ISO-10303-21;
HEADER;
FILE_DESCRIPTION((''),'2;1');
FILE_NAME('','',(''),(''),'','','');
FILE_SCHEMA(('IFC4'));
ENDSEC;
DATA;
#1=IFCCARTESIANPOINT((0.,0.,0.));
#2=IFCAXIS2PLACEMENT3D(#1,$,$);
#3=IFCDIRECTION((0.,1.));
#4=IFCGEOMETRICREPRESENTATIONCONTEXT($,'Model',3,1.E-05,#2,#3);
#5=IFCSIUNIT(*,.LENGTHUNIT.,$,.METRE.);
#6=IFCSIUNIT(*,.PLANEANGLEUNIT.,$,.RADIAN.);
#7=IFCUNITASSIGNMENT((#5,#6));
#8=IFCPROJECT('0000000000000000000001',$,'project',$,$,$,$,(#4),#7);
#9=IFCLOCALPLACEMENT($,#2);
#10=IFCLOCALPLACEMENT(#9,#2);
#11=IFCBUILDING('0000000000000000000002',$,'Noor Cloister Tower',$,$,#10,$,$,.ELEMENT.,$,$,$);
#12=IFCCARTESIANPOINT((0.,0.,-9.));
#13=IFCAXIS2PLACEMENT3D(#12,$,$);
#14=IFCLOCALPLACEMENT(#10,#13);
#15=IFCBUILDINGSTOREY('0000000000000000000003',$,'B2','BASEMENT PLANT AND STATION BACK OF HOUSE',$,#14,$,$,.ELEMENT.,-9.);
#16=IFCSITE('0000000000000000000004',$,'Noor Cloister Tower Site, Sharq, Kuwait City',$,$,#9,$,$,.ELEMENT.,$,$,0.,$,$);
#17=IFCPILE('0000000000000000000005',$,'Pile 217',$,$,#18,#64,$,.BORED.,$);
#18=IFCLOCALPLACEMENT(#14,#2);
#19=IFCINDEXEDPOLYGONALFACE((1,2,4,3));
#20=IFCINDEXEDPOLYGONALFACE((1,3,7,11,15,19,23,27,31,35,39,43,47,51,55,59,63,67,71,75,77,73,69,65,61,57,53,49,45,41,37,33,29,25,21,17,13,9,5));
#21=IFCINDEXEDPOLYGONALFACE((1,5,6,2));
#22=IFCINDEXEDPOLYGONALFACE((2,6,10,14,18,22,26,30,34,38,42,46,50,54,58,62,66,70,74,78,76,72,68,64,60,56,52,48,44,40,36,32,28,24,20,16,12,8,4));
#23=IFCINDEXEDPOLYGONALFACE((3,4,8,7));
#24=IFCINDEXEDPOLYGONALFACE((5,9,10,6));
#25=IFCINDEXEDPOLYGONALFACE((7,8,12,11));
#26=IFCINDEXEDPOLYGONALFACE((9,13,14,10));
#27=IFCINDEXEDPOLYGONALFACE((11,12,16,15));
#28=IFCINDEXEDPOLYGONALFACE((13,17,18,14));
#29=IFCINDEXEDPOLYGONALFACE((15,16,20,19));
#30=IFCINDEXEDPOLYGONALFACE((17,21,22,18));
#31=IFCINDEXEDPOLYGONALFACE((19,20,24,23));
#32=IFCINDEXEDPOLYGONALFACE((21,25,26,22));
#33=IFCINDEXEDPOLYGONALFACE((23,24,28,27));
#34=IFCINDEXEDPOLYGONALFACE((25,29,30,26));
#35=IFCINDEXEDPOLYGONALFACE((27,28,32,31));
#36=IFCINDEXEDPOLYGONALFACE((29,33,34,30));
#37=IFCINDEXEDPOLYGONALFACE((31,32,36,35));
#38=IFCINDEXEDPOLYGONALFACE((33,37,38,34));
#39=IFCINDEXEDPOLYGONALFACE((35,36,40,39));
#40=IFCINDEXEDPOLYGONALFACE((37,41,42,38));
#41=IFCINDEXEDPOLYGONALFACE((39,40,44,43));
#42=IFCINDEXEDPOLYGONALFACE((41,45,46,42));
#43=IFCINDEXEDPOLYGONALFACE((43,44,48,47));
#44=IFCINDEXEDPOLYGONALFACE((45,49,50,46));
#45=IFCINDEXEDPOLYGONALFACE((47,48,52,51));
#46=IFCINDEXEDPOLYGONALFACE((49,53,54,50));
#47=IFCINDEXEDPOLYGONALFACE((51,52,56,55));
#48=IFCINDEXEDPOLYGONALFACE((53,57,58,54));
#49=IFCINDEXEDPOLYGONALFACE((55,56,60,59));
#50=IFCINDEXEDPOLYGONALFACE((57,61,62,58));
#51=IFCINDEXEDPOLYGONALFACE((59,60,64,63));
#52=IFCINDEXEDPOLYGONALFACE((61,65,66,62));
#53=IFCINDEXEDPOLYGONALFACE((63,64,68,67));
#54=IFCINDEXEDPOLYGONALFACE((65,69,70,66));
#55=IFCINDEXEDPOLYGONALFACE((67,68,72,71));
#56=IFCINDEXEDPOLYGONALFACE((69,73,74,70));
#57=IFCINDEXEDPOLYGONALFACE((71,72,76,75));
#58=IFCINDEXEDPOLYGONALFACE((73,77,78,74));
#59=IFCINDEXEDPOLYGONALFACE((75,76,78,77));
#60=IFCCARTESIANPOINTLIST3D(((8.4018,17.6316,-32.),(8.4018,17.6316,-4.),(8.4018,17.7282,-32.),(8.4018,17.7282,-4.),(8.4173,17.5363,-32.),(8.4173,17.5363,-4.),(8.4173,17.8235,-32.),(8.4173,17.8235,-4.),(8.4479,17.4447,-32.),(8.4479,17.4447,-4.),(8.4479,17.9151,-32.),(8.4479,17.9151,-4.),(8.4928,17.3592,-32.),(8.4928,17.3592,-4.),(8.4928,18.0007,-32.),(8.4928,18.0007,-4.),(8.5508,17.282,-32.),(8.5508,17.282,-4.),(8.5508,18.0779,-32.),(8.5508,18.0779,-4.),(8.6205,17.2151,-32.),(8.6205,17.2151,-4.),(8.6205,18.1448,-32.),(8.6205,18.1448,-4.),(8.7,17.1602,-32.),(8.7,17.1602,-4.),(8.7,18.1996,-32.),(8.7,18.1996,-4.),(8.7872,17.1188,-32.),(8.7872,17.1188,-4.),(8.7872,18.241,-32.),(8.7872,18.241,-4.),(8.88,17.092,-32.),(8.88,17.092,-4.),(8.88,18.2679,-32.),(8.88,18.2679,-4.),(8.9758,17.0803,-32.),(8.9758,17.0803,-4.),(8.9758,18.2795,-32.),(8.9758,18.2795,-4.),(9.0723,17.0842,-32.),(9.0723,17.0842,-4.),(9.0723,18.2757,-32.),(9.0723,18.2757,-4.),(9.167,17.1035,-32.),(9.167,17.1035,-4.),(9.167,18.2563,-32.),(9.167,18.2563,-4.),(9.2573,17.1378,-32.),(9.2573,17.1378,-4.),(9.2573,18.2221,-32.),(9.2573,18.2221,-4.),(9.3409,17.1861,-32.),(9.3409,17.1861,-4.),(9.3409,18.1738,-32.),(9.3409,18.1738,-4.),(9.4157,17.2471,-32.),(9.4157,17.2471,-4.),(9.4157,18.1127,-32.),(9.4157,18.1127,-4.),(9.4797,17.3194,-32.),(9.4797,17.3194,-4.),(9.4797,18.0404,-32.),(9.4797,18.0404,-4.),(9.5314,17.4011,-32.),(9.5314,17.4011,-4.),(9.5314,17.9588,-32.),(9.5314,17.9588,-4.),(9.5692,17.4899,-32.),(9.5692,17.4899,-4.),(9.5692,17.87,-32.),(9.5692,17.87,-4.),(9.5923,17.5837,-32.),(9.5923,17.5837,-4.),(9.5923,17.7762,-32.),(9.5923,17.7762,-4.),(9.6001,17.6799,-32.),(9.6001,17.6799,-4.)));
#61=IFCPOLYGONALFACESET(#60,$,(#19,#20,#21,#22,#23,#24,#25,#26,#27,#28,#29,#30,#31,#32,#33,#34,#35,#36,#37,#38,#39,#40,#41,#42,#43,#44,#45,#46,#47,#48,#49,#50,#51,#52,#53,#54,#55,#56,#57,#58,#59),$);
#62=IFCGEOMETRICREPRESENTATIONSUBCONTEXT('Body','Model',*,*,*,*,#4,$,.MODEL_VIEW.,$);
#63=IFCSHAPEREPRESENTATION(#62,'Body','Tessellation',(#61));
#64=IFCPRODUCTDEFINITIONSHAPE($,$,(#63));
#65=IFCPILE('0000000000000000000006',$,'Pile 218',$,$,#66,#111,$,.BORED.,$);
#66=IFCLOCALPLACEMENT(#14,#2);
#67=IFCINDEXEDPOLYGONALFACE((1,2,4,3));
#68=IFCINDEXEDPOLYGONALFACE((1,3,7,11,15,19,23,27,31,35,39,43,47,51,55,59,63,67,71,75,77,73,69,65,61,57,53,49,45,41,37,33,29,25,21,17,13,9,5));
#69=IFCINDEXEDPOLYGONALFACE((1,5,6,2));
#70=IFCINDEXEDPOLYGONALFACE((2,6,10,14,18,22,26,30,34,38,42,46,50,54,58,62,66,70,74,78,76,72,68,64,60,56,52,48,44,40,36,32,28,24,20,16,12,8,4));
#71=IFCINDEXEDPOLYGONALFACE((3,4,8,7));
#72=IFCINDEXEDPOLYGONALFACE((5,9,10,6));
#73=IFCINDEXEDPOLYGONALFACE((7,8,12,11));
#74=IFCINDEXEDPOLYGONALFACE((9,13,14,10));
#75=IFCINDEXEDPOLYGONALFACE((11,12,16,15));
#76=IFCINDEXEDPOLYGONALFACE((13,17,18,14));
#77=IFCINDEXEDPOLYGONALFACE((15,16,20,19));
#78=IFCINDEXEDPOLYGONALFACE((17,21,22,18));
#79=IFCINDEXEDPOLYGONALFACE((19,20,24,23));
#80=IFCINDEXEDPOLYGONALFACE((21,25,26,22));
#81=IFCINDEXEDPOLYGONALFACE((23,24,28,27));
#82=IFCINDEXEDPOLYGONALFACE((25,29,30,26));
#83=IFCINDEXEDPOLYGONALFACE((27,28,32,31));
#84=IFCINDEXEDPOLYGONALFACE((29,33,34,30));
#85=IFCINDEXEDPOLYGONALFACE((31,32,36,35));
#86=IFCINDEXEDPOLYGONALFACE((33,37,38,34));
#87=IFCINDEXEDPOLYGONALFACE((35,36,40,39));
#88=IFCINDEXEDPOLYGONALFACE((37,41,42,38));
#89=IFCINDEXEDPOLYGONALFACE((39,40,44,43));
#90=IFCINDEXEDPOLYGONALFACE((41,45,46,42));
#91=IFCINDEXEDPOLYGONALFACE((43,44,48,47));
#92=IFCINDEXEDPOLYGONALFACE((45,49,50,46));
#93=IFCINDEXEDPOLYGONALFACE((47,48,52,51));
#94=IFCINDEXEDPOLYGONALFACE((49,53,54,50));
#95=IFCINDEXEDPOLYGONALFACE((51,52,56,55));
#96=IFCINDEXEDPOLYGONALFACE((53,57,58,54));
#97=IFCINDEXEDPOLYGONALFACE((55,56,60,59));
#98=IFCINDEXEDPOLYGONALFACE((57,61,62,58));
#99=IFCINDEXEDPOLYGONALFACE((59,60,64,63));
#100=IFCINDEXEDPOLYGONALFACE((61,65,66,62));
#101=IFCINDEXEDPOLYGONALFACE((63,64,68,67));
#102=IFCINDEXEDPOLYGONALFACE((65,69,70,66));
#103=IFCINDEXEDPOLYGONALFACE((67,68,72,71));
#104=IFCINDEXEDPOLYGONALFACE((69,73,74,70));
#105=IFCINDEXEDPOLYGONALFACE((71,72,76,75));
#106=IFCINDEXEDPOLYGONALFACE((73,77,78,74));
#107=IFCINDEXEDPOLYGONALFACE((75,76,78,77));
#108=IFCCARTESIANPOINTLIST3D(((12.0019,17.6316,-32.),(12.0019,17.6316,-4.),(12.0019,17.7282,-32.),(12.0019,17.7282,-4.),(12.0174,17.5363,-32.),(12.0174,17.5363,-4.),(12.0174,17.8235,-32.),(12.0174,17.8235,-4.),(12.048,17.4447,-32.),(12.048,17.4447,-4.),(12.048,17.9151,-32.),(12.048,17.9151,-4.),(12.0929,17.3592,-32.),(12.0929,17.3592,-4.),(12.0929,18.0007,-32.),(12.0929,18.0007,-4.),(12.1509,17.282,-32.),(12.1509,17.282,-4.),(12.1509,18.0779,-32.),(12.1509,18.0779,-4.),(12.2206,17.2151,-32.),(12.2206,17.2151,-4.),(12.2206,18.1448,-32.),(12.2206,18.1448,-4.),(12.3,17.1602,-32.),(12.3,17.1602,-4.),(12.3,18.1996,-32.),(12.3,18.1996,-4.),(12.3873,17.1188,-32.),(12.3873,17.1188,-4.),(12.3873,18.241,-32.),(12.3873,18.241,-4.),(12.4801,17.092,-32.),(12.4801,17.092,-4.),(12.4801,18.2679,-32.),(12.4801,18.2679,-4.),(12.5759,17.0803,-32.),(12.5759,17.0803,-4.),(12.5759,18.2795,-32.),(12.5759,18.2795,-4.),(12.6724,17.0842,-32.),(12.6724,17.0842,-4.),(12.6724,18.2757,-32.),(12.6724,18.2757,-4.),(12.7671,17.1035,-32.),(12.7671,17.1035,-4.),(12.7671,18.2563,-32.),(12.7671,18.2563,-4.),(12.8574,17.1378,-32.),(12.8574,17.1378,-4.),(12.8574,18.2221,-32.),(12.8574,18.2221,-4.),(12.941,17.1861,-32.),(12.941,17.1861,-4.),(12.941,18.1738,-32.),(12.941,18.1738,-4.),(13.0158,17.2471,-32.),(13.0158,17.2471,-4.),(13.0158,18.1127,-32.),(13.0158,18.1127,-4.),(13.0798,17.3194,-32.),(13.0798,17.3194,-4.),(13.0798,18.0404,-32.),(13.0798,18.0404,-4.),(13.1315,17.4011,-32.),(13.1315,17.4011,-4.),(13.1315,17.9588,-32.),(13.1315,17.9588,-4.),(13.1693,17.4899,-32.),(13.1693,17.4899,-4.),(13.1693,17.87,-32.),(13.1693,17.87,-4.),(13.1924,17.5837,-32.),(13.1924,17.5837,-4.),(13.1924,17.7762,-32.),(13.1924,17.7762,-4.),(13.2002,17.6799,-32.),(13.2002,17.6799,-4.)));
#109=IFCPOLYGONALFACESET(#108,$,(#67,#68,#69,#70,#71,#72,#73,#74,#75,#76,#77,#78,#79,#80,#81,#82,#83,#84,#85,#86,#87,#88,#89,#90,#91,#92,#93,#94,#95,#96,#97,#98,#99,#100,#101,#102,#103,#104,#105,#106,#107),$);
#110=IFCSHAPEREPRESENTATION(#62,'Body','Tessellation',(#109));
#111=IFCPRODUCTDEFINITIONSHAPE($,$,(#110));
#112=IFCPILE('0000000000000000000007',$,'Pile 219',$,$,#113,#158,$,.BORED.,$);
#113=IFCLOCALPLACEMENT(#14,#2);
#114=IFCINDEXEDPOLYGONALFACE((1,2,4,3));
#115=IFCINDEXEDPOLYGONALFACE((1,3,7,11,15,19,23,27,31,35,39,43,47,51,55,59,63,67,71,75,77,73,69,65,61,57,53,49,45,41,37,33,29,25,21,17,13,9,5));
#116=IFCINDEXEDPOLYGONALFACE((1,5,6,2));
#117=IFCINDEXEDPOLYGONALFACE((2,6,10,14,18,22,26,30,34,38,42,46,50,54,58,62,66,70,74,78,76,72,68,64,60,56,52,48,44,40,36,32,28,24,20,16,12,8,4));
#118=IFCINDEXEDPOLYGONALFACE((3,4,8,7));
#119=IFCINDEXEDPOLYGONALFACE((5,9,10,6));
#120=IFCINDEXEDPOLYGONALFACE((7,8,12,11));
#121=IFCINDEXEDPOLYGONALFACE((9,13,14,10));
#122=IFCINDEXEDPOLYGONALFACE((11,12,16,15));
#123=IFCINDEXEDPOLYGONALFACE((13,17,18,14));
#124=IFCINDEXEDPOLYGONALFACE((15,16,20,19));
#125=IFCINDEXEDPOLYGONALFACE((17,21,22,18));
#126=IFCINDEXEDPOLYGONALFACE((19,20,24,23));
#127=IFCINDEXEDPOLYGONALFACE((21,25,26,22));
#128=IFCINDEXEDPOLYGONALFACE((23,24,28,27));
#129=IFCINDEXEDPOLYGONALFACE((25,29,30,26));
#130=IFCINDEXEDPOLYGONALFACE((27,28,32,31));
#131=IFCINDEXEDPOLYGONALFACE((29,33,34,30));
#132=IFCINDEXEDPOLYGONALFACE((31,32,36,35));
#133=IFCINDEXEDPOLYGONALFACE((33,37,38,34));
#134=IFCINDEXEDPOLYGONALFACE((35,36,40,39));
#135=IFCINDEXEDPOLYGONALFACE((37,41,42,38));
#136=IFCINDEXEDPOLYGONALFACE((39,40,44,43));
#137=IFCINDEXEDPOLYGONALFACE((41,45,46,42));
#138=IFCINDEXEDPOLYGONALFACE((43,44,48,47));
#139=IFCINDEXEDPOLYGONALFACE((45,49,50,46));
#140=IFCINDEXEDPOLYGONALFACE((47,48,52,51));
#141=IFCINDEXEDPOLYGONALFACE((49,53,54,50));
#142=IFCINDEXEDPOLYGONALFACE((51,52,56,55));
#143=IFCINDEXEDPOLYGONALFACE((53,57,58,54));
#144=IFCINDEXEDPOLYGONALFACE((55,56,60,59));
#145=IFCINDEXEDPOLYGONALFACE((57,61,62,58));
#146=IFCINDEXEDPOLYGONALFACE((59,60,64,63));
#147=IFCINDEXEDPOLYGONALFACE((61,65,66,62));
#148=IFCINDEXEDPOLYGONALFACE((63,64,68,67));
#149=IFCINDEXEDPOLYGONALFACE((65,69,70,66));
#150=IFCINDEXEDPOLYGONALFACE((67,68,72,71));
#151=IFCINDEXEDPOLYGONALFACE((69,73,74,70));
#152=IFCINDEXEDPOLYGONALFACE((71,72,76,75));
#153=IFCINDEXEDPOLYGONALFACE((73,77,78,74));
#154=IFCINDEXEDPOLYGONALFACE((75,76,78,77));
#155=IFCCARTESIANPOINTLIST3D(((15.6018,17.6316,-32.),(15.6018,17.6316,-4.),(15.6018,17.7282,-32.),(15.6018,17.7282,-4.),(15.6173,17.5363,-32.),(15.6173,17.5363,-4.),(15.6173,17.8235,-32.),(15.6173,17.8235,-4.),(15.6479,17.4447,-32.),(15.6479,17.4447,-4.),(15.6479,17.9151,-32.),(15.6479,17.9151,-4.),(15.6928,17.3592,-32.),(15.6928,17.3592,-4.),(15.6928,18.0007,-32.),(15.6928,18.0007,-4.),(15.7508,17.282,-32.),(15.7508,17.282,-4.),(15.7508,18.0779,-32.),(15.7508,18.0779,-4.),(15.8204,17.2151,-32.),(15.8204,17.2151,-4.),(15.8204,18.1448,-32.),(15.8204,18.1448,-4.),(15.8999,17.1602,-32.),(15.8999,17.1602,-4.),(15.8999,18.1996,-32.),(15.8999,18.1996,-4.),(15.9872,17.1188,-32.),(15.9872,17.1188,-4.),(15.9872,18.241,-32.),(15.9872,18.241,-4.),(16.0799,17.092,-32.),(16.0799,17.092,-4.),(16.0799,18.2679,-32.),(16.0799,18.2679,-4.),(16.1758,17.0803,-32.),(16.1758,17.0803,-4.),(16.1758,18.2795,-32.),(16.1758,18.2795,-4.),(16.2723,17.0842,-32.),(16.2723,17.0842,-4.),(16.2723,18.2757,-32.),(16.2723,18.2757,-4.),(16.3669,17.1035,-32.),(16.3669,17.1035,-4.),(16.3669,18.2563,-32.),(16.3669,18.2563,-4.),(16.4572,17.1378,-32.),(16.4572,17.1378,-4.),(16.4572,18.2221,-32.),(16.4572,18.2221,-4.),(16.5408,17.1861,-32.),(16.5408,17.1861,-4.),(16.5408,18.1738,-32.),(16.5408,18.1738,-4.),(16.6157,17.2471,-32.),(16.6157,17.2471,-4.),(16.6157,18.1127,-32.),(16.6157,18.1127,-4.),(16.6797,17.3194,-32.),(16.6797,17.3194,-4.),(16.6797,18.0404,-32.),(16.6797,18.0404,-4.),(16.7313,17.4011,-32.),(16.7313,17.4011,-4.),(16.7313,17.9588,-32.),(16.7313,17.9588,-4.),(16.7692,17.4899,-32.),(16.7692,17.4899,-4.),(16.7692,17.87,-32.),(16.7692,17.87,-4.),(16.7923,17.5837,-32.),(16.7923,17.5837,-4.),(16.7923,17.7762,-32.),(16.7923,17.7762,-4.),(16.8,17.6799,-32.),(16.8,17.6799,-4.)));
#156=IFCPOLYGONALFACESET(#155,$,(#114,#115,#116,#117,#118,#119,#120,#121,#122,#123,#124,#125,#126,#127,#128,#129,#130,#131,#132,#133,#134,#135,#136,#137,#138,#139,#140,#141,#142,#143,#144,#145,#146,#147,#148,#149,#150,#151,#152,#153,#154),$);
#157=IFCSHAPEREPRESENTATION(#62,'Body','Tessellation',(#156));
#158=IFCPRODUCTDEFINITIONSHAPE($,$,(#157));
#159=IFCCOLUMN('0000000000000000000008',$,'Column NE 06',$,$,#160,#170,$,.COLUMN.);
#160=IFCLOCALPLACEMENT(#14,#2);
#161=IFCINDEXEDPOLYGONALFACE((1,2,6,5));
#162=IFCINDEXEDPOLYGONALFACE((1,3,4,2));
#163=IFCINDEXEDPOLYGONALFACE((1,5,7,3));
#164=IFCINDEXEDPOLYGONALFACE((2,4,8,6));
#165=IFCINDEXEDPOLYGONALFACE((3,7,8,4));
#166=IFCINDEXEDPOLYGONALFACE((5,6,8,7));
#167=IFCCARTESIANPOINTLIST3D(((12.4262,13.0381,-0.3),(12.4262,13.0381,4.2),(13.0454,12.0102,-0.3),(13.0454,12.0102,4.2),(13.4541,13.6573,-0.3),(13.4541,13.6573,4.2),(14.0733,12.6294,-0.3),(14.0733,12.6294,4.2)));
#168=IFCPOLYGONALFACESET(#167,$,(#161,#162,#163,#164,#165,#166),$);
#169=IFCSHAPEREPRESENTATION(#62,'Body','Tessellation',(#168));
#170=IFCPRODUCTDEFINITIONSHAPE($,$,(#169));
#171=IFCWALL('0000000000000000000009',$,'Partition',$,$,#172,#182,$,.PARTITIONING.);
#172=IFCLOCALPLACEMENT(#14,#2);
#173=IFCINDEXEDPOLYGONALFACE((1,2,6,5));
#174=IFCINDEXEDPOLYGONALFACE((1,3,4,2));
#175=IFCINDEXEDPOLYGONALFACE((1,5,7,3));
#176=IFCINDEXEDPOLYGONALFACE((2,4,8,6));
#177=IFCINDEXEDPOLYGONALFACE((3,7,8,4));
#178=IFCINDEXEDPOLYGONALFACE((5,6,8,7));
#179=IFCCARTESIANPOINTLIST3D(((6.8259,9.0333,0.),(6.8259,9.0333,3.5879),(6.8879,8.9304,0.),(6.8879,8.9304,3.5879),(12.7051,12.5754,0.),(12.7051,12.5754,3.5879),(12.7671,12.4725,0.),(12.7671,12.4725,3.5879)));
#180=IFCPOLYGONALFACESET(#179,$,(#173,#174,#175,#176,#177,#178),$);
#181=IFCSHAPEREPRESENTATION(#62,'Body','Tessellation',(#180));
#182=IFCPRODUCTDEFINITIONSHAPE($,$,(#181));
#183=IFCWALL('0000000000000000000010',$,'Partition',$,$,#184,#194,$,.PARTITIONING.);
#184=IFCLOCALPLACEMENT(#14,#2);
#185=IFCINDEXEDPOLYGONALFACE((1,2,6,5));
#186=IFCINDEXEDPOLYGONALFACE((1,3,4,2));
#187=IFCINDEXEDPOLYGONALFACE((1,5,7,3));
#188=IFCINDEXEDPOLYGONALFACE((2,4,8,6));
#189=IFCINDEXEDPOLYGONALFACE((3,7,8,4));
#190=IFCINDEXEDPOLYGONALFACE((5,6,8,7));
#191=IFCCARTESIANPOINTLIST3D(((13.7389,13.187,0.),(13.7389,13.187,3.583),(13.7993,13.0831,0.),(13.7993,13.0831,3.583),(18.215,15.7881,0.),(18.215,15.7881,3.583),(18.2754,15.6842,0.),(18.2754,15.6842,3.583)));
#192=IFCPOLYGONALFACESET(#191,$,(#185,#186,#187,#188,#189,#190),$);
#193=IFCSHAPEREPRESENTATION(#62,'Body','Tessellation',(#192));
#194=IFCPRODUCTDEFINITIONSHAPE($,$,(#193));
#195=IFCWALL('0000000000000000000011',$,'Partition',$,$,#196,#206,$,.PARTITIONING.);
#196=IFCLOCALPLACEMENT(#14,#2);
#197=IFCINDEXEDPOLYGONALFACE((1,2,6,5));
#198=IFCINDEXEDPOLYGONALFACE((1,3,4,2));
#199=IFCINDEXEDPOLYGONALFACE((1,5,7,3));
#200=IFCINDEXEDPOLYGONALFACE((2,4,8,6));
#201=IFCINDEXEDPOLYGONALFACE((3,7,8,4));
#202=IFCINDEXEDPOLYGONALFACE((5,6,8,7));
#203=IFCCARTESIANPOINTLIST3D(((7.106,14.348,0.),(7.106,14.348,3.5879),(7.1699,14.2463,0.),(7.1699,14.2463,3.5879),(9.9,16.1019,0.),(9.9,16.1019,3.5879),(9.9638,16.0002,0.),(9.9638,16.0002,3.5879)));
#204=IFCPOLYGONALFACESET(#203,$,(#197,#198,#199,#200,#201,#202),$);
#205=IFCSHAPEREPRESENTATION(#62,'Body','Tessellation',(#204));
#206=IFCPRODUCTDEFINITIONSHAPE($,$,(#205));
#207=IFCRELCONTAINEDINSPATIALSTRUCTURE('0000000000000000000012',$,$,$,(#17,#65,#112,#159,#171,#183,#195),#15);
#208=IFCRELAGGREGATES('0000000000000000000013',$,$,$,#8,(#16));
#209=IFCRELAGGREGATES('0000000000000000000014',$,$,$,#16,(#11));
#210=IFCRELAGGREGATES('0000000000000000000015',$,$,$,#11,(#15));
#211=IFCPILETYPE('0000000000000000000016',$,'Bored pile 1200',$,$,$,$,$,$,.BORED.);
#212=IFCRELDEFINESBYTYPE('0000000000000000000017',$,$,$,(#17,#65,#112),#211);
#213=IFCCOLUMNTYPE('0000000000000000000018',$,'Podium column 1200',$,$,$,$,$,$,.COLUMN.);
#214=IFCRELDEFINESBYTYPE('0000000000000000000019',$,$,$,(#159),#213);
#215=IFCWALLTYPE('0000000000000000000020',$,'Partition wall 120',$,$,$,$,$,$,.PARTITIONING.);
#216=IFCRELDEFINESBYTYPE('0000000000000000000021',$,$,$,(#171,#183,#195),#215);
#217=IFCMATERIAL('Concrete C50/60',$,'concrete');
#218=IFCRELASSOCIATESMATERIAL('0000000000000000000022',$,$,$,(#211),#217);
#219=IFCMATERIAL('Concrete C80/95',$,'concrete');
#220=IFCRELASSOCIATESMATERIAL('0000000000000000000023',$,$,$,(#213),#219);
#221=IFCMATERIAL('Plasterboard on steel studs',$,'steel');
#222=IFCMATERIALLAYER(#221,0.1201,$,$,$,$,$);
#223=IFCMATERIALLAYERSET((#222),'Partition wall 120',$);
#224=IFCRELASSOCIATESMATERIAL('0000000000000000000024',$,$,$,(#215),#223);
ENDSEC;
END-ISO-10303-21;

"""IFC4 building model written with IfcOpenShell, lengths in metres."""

from ifc_helpers import new_model, si_unit, direction, frame, frame_2d, origin, origin_2d, place, context, subcontext, project, spatial, rectangle, circle, extrude, material, layer, layer_set, material_profile, profile_set, type_object, element, save


model = new_model("IFC4")

# Units and contexts
model_context = context("Model", 3, precision=1e-05, world=origin(), true_north=direction((0.0, 1.0)))
body_context = subcontext(model_context, "Body", "Model", "MODEL_VIEW")
ifc_project = project(units=[si_unit("LENGTHUNIT", "METRE"), si_unit("PLANEANGLEUNIT", "RADIAN")], contexts=[model_context])

# Site, building, storey
site_placement = place(None, origin())
site = spatial("IfcSite", under=ifc_project, at=site_placement, Name="Noor Cloister Tower Site, Sharq, Kuwait City", CompositionType="ELEMENT", RefElevation=0.0)
building_placement = place(site_placement, origin())
building = spatial("IfcBuilding", under=site, at=building_placement, Name="Noor Cloister Tower", CompositionType="ELEMENT")
storey_placement = place(building_placement, frame((0.0, 0.0, -9.0)))
storey = spatial("IfcBuildingStorey", under=building, at=storey_placement, Name="B2", Description="BASEMENT PLANT AND STATION BACK OF HOUSE", CompositionType="ELEMENT", Elevation=-9.0)

# Piles
ifc_material_1 = material(Name="Concrete C50/60", Category="concrete")
ifc_material_profile_1 = material_profile(ifc_material_1, circle(Radius=0.6001, at=origin_2d()), Name="Bored pile 1200")
ifc_profile_set_1 = profile_set([ifc_material_profile_1], Name="Concrete C50/60")
pile_type = type_object("IfcPileType", Name="Bored pile 1200", PredefinedType="BORED", material=ifc_profile_set_1)
for number, where, z_axis, x_axis, name in (
    (1, (9.0, 17.6799, -4.0), (0.0, 0.0, -1.0), (1.0, 0.0, 0.0), "Pile 217"),
    (2, (12.6001, 17.6799, -4.0), (0.0, 0.0, -1.0), (1.0, 0.0, 0.0), "Pile 218"),
    (3, (16.2, 17.6799, -4.0), (0.0, 0.0, -1.0), (1.0, 0.0, 0.0), "Pile 219"),
):
    element("IfcPile", number, at=place(storey_placement, frame(where, z_axis=z_axis, x_axis=x_axis)), inside=storey, type_object=pile_type, Name=name, PredefinedType="BORED", context=body_context, shape_type="SweptSolid", body=[
        extrude(circle(Radius=0.6001, at=origin_2d()), origin(), (0.0, 0.0, 1.0), 28.0),
    ])

# Column
ifc_material_2 = material(Name="Concrete C80/95", Category="concrete")
ifc_material_profile_2 = material_profile(ifc_material_2, rectangle(XDim=1.2, YDim=1.2, at=origin_2d()), Name="Podium column 1200")
ifc_profile_set_2 = profile_set([ifc_material_profile_2], Name="Concrete C80/95")
column_type = type_object("IfcColumnType", Name="Podium column 1200", PredefinedType="COLUMN", material=ifc_profile_set_2)
column_placement = place(storey_placement, frame((13.2498, 12.8337, -0.3), z_axis=(0.0, 0.0, 1.0), x_axis=(0.8566, 0.515981, 0.0)))
element("IfcColumn", 4, at=column_placement, inside=storey, type_object=column_type, Name="Column NE 06", PredefinedType="COLUMN", context=body_context, shape_type="SweptSolid", body=[
    extrude(rectangle(XDim=1.2, YDim=1.2, at=origin_2d()), origin(), (0.0, 0.0, 1.0), 4.5),
])

# Walls
ifc_material_3 = material(Name="Plasterboard on steel studs", Category="steel")
ifc_layer = layer(ifc_material_3, 0.1201)
ifc_layer_set = layer_set([ifc_layer], Name="Partition wall 120")
wall_type = type_object("IfcWallType", Name="Partition wall 120", PredefinedType="PARTITIONING", material=ifc_layer_set)
wall_1_placement = place(storey_placement, frame((12.7361, 12.5239, 0.0), z_axis=(0.0, 0.0, 1.0), x_axis=(-0.856559, -0.516048, 0.0)))
element("IfcWall", 5, at=wall_1_placement, inside=storey, type_object=wall_type, Name="Partition", PredefinedType="PARTITIONING", context=body_context, shape_type="SweptSolid", body=[
    extrude(rectangle(XDim=6.8638, YDim=0.1201, at=frame_2d((3.4319, 0.0))), origin(), (0.0, 0.0, 1.0), 3.5879),
])
wall_2_placement = place(storey_placement, frame((18.2451, 15.7361, 0.0), z_axis=(0.0, 0.0, 1.0), x_axis=(-0.864616, -0.502434, 0.0)))
element("IfcWall", 6, at=wall_2_placement, inside=storey, type_object=wall_type, Name="Partition", PredefinedType="PARTITIONING", context=body_context, shape_type="SweptSolid", body=[
    extrude(rectangle(XDim=5.177, YDim=0.1201, at=frame_2d((2.5884, 0.0))), origin(), (0.0, 0.0, 1.0), 3.583),
])
wall_3_placement = place(storey_placement, frame((9.9319, 16.051, 0.0), z_axis=(0.0, 0.0, 1.0), x_axis=(-0.846949, -0.531674, 0.0)))
element("IfcWall", 7, at=wall_3_placement, inside=storey, type_object=wall_type, Name="Partition", PredefinedType="PARTITIONING", context=body_context, shape_type="SweptSolid", body=[
    extrude(rectangle(XDim=3.2988, YDim=0.1201, at=frame_2d((1.6494, 0.0))), origin(), (0.0, 0.0, 1.0), 3.5879),
])

save(model, "model.ifc")
